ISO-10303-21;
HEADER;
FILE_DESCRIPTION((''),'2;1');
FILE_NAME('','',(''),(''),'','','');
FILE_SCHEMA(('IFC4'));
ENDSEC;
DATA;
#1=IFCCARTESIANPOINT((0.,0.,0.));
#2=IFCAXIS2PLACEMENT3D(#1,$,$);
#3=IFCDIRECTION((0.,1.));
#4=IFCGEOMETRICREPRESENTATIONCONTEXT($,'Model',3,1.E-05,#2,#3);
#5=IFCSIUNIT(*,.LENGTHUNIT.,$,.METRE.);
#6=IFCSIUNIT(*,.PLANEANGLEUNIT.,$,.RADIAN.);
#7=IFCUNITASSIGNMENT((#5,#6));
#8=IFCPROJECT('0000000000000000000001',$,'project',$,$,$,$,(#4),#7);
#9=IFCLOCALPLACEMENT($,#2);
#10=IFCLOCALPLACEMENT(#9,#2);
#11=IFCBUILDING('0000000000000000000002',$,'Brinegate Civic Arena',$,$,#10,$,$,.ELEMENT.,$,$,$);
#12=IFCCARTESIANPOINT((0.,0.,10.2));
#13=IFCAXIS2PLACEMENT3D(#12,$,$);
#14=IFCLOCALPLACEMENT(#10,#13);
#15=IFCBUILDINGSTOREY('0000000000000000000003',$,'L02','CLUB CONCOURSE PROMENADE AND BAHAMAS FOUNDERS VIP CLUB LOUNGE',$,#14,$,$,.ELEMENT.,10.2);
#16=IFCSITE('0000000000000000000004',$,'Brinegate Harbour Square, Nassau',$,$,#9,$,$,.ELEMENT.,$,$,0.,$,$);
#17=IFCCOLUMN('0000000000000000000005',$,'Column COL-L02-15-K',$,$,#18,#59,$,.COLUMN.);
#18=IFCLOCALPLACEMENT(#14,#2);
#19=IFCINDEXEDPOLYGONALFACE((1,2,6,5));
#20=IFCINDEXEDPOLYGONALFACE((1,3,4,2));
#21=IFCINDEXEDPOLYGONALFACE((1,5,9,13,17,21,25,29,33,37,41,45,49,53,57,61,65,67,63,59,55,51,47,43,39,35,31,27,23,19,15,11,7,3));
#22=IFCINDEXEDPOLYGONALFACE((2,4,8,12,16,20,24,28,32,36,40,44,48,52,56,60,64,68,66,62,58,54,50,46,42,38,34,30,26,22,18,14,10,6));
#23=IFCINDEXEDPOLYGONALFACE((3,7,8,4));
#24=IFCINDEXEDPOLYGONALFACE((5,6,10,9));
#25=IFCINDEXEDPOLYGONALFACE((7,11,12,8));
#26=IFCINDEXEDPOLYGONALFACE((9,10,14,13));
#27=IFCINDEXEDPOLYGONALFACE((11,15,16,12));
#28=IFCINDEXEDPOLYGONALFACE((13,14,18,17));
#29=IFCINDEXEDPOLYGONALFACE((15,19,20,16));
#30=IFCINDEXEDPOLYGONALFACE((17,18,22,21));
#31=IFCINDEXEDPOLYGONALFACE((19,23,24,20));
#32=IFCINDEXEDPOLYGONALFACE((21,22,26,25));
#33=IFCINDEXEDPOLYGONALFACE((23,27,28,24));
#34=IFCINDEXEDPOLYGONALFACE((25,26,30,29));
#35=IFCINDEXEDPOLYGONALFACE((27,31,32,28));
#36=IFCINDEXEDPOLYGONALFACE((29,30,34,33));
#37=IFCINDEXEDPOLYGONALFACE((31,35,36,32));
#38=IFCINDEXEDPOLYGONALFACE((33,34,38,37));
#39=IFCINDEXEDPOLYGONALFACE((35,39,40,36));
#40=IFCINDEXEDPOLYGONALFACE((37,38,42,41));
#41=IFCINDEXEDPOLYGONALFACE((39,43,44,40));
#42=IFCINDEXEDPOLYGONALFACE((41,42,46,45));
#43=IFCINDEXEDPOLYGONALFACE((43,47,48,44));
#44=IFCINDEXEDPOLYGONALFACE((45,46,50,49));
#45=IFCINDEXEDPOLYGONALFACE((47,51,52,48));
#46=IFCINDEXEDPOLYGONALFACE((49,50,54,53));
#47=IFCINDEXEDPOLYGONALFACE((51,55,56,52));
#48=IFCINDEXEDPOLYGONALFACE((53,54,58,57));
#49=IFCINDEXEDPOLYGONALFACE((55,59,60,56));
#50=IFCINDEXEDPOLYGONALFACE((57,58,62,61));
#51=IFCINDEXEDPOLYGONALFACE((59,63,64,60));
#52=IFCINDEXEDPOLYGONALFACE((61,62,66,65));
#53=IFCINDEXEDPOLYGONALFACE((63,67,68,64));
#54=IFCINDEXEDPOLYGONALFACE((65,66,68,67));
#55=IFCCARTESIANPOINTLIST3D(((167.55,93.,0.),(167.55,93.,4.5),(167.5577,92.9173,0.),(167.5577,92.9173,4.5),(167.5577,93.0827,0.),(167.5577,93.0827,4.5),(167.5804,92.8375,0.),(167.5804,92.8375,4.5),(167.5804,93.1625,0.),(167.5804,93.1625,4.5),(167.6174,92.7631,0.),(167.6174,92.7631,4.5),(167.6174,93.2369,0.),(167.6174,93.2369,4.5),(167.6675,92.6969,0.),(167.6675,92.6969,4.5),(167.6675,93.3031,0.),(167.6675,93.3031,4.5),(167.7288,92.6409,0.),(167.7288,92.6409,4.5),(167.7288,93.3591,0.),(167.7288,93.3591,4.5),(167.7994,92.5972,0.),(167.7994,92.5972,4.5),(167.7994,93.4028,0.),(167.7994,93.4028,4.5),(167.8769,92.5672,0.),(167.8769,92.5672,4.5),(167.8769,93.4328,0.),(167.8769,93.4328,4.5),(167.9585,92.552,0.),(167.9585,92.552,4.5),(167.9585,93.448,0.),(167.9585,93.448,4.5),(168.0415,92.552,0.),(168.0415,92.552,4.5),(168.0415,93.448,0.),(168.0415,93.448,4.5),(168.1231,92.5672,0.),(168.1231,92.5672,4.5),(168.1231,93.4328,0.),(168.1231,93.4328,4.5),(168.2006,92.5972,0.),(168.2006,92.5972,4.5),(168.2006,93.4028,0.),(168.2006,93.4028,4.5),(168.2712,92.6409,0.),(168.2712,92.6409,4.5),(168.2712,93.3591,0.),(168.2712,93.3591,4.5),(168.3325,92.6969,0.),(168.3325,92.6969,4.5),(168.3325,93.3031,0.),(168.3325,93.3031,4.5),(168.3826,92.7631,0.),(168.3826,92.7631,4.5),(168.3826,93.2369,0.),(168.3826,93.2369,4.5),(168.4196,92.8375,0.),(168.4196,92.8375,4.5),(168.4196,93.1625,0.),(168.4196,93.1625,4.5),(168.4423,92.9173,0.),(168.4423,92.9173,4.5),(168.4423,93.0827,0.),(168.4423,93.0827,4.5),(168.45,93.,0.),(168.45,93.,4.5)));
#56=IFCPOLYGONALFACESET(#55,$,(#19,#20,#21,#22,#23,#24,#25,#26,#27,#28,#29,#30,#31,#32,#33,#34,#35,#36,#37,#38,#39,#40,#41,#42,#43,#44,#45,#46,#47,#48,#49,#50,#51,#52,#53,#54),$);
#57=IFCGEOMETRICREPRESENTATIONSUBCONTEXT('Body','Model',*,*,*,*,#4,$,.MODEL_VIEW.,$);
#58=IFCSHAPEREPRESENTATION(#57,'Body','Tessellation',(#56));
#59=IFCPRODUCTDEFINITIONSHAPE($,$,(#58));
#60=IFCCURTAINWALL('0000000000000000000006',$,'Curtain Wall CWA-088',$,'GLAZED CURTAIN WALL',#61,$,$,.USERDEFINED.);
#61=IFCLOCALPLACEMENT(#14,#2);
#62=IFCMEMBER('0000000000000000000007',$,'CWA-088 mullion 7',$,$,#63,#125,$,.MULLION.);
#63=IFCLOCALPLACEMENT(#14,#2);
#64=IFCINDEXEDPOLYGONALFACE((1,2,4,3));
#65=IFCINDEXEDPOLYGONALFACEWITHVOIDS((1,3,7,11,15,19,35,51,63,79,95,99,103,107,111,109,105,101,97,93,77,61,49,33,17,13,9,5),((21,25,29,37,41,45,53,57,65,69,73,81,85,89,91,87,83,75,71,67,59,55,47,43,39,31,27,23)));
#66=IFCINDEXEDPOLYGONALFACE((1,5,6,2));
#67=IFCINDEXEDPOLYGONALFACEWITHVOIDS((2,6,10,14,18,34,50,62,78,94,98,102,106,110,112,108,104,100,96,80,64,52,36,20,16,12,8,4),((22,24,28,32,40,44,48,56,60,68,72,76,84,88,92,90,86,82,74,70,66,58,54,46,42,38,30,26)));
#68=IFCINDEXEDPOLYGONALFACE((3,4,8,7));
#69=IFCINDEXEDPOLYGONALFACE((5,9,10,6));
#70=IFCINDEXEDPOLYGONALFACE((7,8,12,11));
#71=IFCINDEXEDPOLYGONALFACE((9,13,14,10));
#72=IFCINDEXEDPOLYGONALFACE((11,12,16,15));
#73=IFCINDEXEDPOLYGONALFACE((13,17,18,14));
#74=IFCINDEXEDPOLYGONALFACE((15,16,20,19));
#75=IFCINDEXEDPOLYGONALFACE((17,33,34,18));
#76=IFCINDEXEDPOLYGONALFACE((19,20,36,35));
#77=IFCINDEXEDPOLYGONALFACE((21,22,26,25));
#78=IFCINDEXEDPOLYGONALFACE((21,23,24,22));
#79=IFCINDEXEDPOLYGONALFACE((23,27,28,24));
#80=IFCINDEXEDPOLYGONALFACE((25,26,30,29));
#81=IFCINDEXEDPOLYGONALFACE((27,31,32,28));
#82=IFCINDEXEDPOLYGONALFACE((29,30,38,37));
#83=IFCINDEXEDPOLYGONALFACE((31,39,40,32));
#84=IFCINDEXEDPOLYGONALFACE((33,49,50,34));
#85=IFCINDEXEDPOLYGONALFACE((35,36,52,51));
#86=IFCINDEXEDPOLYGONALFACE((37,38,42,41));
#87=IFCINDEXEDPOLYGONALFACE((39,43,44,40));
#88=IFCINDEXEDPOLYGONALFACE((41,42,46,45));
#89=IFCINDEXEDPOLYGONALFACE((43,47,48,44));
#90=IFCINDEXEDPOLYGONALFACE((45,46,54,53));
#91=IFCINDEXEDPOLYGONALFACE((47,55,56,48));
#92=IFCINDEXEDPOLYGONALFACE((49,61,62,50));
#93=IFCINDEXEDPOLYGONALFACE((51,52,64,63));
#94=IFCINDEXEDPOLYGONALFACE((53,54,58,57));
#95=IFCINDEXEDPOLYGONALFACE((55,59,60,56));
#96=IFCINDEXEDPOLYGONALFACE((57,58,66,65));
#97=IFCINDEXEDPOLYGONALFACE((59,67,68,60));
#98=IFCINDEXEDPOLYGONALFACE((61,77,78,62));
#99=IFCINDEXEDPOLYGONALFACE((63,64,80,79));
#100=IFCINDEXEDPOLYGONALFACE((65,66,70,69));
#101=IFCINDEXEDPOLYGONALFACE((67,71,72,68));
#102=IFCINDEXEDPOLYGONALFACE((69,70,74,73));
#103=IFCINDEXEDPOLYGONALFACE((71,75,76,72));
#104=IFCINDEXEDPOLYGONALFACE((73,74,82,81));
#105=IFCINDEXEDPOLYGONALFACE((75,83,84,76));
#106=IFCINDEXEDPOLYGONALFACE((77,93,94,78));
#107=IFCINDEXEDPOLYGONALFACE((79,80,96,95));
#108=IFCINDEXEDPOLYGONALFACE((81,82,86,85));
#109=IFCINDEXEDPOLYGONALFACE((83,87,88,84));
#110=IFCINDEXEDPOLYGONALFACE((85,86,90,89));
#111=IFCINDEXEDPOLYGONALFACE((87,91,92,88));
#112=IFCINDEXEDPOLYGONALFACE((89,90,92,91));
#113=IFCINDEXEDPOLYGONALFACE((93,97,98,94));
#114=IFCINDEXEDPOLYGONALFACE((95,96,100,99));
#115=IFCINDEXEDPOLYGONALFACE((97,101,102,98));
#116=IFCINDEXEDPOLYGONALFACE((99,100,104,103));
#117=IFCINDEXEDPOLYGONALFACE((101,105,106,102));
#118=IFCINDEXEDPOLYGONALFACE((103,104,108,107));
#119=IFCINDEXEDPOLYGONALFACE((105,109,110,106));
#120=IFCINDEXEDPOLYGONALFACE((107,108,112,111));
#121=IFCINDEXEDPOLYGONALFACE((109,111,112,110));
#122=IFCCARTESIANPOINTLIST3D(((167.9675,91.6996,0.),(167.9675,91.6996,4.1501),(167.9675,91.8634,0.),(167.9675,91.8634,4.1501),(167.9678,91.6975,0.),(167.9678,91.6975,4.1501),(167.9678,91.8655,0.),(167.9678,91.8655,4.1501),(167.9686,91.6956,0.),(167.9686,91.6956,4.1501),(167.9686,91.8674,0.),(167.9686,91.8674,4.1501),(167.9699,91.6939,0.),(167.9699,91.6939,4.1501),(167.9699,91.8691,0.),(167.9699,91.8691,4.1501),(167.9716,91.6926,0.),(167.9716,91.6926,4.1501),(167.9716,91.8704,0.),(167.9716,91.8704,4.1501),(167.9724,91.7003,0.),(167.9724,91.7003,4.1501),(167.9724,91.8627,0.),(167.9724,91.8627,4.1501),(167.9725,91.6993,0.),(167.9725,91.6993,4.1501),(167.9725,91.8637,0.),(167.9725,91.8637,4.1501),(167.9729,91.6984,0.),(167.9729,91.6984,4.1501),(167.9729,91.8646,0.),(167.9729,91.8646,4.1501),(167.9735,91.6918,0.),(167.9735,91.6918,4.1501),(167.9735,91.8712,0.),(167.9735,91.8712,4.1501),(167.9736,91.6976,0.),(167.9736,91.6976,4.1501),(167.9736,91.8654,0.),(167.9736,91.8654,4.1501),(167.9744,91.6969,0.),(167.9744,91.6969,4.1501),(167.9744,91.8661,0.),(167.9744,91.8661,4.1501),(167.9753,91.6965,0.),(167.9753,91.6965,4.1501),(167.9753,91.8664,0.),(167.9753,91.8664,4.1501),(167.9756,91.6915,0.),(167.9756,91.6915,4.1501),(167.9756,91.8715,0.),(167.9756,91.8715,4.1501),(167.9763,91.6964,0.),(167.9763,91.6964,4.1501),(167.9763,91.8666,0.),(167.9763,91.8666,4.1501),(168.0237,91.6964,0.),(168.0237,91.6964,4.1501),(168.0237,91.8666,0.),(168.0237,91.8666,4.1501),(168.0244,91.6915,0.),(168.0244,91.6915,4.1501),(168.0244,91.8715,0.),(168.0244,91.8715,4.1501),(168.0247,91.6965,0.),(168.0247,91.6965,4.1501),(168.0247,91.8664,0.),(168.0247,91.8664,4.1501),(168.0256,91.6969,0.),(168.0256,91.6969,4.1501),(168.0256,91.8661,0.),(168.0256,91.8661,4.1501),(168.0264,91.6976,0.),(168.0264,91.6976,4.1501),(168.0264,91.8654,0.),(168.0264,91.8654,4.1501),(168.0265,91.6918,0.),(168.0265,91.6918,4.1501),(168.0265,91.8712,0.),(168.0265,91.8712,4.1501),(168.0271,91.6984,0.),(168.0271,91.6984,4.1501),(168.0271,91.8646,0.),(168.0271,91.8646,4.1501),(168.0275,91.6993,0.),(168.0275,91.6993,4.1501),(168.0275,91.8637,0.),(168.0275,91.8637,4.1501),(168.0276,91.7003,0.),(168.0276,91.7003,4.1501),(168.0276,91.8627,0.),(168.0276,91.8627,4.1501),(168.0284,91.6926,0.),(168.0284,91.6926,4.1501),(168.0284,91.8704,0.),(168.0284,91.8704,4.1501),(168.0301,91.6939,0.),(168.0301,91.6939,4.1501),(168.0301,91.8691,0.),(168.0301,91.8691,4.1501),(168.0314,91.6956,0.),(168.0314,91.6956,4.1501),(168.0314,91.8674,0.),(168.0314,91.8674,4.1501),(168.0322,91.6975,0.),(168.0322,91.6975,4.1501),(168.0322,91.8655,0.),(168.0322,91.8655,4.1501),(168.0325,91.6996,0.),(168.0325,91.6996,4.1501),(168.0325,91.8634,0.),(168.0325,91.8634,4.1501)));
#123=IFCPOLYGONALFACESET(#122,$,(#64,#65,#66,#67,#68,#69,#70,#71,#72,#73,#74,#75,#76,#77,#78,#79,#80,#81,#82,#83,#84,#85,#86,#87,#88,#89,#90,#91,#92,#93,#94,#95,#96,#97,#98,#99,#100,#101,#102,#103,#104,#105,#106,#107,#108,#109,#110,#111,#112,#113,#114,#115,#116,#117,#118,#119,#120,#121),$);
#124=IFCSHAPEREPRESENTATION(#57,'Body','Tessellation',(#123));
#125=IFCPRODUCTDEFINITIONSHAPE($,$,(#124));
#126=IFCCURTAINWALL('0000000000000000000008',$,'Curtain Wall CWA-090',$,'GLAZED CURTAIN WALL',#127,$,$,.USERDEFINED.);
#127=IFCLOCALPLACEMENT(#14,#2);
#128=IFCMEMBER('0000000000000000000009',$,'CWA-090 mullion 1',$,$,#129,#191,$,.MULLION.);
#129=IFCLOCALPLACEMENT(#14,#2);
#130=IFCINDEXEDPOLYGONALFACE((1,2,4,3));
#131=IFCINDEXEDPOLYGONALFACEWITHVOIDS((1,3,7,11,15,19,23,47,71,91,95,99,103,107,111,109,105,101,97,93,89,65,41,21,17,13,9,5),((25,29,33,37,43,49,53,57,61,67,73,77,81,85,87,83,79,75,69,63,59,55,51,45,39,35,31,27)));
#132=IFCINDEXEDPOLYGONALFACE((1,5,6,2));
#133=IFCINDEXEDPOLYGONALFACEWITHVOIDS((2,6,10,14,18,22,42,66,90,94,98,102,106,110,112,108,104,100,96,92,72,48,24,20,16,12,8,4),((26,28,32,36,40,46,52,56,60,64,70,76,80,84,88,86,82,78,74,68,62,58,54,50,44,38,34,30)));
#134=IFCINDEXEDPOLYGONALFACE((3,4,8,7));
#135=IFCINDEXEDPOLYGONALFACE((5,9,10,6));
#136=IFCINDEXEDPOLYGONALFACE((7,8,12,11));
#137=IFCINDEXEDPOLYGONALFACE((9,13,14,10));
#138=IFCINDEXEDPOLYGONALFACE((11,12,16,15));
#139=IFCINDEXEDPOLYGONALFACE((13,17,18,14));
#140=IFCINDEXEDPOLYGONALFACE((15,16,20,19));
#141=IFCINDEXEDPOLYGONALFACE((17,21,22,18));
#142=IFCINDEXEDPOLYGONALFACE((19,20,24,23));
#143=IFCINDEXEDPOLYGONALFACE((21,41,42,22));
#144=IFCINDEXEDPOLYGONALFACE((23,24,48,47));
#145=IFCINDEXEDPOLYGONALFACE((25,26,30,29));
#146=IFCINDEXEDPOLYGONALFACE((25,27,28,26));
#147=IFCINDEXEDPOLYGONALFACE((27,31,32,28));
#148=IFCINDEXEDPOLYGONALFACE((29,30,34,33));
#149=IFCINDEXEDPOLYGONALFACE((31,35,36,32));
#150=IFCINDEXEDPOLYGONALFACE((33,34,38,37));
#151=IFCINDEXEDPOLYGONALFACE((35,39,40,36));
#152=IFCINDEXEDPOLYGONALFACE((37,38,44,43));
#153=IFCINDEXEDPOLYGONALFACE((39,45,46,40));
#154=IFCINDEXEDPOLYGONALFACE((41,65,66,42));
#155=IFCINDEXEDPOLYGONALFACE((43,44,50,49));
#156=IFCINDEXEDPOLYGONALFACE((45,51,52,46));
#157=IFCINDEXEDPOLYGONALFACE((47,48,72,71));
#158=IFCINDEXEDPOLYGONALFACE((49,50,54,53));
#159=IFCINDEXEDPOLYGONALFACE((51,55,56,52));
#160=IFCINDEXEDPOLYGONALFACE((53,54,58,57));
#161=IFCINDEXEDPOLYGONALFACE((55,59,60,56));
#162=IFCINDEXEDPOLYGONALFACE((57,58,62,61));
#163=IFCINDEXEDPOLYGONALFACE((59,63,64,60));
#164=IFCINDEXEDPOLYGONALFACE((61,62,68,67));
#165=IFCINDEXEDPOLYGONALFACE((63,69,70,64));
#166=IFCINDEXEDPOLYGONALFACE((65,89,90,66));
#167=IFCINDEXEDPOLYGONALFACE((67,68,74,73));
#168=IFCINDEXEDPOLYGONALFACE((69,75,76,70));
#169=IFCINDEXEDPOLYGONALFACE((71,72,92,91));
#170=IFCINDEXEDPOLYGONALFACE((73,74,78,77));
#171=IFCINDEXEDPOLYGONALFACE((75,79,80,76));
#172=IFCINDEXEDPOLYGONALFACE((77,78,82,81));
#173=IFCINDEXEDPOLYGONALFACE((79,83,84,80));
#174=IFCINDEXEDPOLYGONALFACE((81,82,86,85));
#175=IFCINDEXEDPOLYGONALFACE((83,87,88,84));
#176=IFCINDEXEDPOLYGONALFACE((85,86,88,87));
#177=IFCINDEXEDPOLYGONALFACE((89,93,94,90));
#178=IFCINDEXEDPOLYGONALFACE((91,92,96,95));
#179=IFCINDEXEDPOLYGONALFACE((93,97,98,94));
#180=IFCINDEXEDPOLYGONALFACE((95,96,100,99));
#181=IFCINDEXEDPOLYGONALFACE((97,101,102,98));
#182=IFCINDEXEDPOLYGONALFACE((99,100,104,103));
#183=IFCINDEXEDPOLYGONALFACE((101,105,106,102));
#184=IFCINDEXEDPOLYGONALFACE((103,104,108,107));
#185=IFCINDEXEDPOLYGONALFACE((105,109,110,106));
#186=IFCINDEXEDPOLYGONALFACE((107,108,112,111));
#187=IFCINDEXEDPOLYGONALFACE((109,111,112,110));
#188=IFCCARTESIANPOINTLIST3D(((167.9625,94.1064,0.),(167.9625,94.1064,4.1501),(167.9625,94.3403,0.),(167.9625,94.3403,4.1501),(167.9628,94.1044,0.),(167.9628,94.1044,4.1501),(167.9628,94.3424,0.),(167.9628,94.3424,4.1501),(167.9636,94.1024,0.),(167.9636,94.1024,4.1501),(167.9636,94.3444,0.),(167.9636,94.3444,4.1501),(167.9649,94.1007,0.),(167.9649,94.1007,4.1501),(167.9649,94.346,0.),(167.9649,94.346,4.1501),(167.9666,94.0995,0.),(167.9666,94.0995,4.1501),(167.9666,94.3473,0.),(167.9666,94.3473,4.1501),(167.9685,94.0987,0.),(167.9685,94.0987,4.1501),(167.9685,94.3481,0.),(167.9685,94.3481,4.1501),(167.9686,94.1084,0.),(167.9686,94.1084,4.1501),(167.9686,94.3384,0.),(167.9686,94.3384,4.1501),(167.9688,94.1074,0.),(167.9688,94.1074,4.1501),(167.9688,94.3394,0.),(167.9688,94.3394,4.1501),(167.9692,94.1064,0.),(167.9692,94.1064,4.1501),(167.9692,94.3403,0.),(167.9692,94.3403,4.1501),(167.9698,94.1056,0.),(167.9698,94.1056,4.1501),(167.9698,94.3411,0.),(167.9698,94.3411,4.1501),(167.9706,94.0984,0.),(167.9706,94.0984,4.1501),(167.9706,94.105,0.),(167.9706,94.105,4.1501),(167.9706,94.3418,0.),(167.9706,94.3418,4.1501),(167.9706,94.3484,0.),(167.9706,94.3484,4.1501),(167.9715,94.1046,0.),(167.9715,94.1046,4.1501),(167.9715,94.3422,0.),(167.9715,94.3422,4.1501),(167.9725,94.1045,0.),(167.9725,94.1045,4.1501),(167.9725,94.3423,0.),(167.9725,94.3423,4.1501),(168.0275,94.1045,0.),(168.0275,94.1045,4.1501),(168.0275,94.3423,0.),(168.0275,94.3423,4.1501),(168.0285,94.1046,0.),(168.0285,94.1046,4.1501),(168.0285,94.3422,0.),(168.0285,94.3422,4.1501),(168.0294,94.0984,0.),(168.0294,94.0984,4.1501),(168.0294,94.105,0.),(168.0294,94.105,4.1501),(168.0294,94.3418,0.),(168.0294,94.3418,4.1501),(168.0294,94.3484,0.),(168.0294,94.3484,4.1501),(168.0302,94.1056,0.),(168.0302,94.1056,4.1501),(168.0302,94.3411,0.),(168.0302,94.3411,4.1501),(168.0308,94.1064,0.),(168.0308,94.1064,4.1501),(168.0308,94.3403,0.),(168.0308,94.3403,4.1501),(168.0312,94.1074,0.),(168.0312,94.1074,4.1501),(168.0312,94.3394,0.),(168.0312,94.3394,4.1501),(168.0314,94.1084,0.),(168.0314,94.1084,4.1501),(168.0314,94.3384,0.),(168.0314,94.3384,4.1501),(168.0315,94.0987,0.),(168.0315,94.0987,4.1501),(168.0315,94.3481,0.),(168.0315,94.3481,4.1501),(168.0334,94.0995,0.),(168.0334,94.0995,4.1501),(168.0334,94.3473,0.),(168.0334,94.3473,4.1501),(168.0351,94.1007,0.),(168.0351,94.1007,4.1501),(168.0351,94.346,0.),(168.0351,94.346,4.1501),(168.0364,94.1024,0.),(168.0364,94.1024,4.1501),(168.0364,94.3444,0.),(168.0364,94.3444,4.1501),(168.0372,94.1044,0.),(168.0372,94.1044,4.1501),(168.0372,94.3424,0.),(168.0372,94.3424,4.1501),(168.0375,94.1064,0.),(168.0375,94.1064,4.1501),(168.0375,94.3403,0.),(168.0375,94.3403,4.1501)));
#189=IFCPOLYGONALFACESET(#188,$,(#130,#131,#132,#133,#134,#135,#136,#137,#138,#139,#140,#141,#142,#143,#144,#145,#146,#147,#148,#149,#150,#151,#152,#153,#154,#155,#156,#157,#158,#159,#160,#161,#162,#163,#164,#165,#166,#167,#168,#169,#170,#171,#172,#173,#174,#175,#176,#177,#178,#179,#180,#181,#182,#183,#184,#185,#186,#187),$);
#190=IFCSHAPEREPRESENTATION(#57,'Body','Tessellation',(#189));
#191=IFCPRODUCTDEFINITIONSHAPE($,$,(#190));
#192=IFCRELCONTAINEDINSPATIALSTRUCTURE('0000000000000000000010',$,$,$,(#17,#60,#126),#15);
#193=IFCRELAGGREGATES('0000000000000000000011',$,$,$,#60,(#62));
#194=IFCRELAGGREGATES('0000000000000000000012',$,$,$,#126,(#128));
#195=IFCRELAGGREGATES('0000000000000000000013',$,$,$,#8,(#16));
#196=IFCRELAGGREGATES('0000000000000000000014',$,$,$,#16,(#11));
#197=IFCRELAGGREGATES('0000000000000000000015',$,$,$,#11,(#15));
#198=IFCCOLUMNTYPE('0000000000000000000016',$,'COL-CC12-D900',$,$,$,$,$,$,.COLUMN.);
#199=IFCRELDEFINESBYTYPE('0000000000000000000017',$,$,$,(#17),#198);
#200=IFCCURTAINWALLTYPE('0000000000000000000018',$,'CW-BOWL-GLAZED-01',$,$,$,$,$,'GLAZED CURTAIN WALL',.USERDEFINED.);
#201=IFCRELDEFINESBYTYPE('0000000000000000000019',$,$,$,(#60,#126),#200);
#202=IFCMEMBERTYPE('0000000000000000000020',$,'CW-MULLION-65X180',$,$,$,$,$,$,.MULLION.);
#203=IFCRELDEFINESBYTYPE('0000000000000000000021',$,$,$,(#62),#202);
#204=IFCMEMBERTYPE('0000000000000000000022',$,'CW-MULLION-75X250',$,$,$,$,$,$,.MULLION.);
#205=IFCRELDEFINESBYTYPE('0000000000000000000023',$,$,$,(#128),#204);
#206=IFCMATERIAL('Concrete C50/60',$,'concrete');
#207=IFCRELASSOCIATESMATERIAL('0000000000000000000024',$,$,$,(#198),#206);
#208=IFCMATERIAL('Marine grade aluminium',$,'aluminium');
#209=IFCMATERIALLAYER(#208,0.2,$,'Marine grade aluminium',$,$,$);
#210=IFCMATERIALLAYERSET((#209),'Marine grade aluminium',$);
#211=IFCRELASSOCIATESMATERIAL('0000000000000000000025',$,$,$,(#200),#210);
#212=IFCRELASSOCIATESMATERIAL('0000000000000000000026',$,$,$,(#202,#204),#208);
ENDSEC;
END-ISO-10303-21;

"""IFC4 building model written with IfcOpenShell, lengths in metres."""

from ifc_helpers import new_model, si_unit, direction, frame, origin, origin_2d, place, context, subcontext, project, spatial, hollow_rectangle, circle, extrude, material, layer, layer_set, material_profile, profile_set, type_object, element, aggregate, save


model = new_model("IFC4")

# Units and contexts
model_context = context("Model", 3, precision=1e-05, world=origin(), true_north=direction((0.0, 1.0)))
body_context = subcontext(model_context, "Body", "Model", "MODEL_VIEW")
ifc_project = project(units=[si_unit("LENGTHUNIT", "METRE"), si_unit("PLANEANGLEUNIT", "RADIAN")], contexts=[model_context])

# Site, building, storey
site_placement = place(None, origin())
site = spatial("IfcSite", under=ifc_project, at=site_placement, Name="Brinegate Harbour Square, Nassau", CompositionType="ELEMENT", RefElevation=0.0)
building_placement = place(site_placement, origin())
building = spatial("IfcBuilding", under=site, at=building_placement, Name="Brinegate Civic Arena", CompositionType="ELEMENT")
storey_placement = place(building_placement, frame((0.0, 0.0, 10.2)))
storey = spatial("IfcBuildingStorey", under=building, at=storey_placement, Name="L02", Description="CLUB CONCOURSE PROMENADE AND BAHAMAS FOUNDERS VIP CLUB LOUNGE", CompositionType="ELEMENT", Elevation=10.2)

# Column
ifc_material_1 = material(Name="Concrete C50/60", Category="concrete")
ifc_material_profile_1 = material_profile(ifc_material_1, circle(Radius=0.45, at=origin_2d()), Name="RCD900")
ifc_profile_set_1 = profile_set([ifc_material_profile_1], Name="Concrete C50/60")
column_type = type_object("IfcColumnType", Name="COL-CC12-D900", PredefinedType="COLUMN", material=ifc_profile_set_1)
column_placement = place(storey_placement, frame((168.0, 93.0, 0.0), z_axis=(0.0, 0.0, 1.0), x_axis=(1.0, 0.0, 0.0)))
element("IfcColumn", 1, at=column_placement, inside=storey, type_object=column_type, Name="Column COL-L02-15-K", PredefinedType="COLUMN", context=body_context, shape_type="SweptSolid", body=[
    extrude(circle(Radius=0.45, at=origin_2d()), origin(), (0.0, 0.0, 1.0), 4.5),
])

# Curtain wall, member
ifc_material_2 = material(Name="Marine grade aluminium", Category="aluminium")
ifc_layer_1 = layer(ifc_material_2, 0.2, Name="Marine grade aluminium")
ifc_layer_set_1 = layer_set([ifc_layer_1], Name="Marine grade aluminium")
curtain_wall_type = type_object("IfcCurtainWallType", Name="CW-BOWL-GLAZED-01", ElementType="GLAZED CURTAIN WALL", PredefinedType="USERDEFINED", material=ifc_layer_set_1)
curtain_wall_1_placement = place(storey_placement, origin())
curtain_wall_1 = element("IfcCurtainWall", 2, at=curtain_wall_1_placement, inside=storey, type_object=curtain_wall_type, Name="Curtain Wall CWA-088", ObjectType="GLAZED CURTAIN WALL", PredefinedType="USERDEFINED")
ifc_material_profile_2 = material_profile(ifc_material_2, hollow_rectangle(XDim=0.0649, YDim=0.1799, WallThickness=0.0049, InnerFilletRadius=0.0039, OuterFilletRadius=0.0081, at=origin_2d()), Name="MUL65X180")
ifc_profile_set_2 = profile_set([ifc_material_profile_2], Name="Marine grade aluminium")
member_type_1 = type_object("IfcMemberType", Name="CW-MULLION-65X180", PredefinedType="MULLION", material=ifc_profile_set_2)
member_1_placement = place(storey_placement, frame((168.0, 91.7815, 0.0), z_axis=(0.0, 0.0, 1.0), x_axis=(-1.0, 0.0, 0.0)))
member_1 = element("IfcMember", 3, at=member_1_placement, type_object=member_type_1, Name="CWA-088 mullion 7", PredefinedType="MULLION", context=body_context, shape_type="SweptSolid", body=[
    extrude(hollow_rectangle(XDim=0.0649, YDim=0.1799, WallThickness=0.0049, InnerFilletRadius=0.0039, OuterFilletRadius=0.0081, at=origin_2d()), origin(), (0.0, 0.0, 1.0), 4.1501),
])
aggregate(curtain_wall_1, [member_1])

# Curtain wall, member
curtain_wall_2_placement = place(storey_placement, origin())
curtain_wall_2 = element("IfcCurtainWall", 4, at=curtain_wall_2_placement, inside=storey, type_object=curtain_wall_type, Name="Curtain Wall CWA-090", ObjectType="GLAZED CURTAIN WALL", PredefinedType="USERDEFINED")
ifc_material_profile_3 = material_profile(ifc_material_2, hollow_rectangle(XDim=0.075, YDim=0.25, WallThickness=0.0061, InnerFilletRadius=0.0039, OuterFilletRadius=0.0081, at=origin_2d()), Name="MUL75X250")
ifc_profile_set_3 = profile_set([ifc_material_profile_3], Name="Marine grade aluminium")
member_type_2 = type_object("IfcMemberType", Name="CW-MULLION-75X250", PredefinedType="MULLION", material=ifc_profile_set_3)
member_2_placement = place(storey_placement, frame((168.0, 94.2234, 0.0), z_axis=(0.0, 0.0, 1.0), x_axis=(-1.0, 0.0, 0.0)))
member_2 = element("IfcMember", 5, at=member_2_placement, type_object=member_type_2, Name="CWA-090 mullion 1", PredefinedType="MULLION", context=body_context, shape_type="SweptSolid", body=[
    extrude(hollow_rectangle(XDim=0.075, YDim=0.25, WallThickness=0.0061, InnerFilletRadius=0.0039, OuterFilletRadius=0.0081, at=origin_2d()), origin(), (0.0, 0.0, 1.0), 4.1501),
])

aggregate(curtain_wall_2, [member_2])

save(model, "model.ifc")
